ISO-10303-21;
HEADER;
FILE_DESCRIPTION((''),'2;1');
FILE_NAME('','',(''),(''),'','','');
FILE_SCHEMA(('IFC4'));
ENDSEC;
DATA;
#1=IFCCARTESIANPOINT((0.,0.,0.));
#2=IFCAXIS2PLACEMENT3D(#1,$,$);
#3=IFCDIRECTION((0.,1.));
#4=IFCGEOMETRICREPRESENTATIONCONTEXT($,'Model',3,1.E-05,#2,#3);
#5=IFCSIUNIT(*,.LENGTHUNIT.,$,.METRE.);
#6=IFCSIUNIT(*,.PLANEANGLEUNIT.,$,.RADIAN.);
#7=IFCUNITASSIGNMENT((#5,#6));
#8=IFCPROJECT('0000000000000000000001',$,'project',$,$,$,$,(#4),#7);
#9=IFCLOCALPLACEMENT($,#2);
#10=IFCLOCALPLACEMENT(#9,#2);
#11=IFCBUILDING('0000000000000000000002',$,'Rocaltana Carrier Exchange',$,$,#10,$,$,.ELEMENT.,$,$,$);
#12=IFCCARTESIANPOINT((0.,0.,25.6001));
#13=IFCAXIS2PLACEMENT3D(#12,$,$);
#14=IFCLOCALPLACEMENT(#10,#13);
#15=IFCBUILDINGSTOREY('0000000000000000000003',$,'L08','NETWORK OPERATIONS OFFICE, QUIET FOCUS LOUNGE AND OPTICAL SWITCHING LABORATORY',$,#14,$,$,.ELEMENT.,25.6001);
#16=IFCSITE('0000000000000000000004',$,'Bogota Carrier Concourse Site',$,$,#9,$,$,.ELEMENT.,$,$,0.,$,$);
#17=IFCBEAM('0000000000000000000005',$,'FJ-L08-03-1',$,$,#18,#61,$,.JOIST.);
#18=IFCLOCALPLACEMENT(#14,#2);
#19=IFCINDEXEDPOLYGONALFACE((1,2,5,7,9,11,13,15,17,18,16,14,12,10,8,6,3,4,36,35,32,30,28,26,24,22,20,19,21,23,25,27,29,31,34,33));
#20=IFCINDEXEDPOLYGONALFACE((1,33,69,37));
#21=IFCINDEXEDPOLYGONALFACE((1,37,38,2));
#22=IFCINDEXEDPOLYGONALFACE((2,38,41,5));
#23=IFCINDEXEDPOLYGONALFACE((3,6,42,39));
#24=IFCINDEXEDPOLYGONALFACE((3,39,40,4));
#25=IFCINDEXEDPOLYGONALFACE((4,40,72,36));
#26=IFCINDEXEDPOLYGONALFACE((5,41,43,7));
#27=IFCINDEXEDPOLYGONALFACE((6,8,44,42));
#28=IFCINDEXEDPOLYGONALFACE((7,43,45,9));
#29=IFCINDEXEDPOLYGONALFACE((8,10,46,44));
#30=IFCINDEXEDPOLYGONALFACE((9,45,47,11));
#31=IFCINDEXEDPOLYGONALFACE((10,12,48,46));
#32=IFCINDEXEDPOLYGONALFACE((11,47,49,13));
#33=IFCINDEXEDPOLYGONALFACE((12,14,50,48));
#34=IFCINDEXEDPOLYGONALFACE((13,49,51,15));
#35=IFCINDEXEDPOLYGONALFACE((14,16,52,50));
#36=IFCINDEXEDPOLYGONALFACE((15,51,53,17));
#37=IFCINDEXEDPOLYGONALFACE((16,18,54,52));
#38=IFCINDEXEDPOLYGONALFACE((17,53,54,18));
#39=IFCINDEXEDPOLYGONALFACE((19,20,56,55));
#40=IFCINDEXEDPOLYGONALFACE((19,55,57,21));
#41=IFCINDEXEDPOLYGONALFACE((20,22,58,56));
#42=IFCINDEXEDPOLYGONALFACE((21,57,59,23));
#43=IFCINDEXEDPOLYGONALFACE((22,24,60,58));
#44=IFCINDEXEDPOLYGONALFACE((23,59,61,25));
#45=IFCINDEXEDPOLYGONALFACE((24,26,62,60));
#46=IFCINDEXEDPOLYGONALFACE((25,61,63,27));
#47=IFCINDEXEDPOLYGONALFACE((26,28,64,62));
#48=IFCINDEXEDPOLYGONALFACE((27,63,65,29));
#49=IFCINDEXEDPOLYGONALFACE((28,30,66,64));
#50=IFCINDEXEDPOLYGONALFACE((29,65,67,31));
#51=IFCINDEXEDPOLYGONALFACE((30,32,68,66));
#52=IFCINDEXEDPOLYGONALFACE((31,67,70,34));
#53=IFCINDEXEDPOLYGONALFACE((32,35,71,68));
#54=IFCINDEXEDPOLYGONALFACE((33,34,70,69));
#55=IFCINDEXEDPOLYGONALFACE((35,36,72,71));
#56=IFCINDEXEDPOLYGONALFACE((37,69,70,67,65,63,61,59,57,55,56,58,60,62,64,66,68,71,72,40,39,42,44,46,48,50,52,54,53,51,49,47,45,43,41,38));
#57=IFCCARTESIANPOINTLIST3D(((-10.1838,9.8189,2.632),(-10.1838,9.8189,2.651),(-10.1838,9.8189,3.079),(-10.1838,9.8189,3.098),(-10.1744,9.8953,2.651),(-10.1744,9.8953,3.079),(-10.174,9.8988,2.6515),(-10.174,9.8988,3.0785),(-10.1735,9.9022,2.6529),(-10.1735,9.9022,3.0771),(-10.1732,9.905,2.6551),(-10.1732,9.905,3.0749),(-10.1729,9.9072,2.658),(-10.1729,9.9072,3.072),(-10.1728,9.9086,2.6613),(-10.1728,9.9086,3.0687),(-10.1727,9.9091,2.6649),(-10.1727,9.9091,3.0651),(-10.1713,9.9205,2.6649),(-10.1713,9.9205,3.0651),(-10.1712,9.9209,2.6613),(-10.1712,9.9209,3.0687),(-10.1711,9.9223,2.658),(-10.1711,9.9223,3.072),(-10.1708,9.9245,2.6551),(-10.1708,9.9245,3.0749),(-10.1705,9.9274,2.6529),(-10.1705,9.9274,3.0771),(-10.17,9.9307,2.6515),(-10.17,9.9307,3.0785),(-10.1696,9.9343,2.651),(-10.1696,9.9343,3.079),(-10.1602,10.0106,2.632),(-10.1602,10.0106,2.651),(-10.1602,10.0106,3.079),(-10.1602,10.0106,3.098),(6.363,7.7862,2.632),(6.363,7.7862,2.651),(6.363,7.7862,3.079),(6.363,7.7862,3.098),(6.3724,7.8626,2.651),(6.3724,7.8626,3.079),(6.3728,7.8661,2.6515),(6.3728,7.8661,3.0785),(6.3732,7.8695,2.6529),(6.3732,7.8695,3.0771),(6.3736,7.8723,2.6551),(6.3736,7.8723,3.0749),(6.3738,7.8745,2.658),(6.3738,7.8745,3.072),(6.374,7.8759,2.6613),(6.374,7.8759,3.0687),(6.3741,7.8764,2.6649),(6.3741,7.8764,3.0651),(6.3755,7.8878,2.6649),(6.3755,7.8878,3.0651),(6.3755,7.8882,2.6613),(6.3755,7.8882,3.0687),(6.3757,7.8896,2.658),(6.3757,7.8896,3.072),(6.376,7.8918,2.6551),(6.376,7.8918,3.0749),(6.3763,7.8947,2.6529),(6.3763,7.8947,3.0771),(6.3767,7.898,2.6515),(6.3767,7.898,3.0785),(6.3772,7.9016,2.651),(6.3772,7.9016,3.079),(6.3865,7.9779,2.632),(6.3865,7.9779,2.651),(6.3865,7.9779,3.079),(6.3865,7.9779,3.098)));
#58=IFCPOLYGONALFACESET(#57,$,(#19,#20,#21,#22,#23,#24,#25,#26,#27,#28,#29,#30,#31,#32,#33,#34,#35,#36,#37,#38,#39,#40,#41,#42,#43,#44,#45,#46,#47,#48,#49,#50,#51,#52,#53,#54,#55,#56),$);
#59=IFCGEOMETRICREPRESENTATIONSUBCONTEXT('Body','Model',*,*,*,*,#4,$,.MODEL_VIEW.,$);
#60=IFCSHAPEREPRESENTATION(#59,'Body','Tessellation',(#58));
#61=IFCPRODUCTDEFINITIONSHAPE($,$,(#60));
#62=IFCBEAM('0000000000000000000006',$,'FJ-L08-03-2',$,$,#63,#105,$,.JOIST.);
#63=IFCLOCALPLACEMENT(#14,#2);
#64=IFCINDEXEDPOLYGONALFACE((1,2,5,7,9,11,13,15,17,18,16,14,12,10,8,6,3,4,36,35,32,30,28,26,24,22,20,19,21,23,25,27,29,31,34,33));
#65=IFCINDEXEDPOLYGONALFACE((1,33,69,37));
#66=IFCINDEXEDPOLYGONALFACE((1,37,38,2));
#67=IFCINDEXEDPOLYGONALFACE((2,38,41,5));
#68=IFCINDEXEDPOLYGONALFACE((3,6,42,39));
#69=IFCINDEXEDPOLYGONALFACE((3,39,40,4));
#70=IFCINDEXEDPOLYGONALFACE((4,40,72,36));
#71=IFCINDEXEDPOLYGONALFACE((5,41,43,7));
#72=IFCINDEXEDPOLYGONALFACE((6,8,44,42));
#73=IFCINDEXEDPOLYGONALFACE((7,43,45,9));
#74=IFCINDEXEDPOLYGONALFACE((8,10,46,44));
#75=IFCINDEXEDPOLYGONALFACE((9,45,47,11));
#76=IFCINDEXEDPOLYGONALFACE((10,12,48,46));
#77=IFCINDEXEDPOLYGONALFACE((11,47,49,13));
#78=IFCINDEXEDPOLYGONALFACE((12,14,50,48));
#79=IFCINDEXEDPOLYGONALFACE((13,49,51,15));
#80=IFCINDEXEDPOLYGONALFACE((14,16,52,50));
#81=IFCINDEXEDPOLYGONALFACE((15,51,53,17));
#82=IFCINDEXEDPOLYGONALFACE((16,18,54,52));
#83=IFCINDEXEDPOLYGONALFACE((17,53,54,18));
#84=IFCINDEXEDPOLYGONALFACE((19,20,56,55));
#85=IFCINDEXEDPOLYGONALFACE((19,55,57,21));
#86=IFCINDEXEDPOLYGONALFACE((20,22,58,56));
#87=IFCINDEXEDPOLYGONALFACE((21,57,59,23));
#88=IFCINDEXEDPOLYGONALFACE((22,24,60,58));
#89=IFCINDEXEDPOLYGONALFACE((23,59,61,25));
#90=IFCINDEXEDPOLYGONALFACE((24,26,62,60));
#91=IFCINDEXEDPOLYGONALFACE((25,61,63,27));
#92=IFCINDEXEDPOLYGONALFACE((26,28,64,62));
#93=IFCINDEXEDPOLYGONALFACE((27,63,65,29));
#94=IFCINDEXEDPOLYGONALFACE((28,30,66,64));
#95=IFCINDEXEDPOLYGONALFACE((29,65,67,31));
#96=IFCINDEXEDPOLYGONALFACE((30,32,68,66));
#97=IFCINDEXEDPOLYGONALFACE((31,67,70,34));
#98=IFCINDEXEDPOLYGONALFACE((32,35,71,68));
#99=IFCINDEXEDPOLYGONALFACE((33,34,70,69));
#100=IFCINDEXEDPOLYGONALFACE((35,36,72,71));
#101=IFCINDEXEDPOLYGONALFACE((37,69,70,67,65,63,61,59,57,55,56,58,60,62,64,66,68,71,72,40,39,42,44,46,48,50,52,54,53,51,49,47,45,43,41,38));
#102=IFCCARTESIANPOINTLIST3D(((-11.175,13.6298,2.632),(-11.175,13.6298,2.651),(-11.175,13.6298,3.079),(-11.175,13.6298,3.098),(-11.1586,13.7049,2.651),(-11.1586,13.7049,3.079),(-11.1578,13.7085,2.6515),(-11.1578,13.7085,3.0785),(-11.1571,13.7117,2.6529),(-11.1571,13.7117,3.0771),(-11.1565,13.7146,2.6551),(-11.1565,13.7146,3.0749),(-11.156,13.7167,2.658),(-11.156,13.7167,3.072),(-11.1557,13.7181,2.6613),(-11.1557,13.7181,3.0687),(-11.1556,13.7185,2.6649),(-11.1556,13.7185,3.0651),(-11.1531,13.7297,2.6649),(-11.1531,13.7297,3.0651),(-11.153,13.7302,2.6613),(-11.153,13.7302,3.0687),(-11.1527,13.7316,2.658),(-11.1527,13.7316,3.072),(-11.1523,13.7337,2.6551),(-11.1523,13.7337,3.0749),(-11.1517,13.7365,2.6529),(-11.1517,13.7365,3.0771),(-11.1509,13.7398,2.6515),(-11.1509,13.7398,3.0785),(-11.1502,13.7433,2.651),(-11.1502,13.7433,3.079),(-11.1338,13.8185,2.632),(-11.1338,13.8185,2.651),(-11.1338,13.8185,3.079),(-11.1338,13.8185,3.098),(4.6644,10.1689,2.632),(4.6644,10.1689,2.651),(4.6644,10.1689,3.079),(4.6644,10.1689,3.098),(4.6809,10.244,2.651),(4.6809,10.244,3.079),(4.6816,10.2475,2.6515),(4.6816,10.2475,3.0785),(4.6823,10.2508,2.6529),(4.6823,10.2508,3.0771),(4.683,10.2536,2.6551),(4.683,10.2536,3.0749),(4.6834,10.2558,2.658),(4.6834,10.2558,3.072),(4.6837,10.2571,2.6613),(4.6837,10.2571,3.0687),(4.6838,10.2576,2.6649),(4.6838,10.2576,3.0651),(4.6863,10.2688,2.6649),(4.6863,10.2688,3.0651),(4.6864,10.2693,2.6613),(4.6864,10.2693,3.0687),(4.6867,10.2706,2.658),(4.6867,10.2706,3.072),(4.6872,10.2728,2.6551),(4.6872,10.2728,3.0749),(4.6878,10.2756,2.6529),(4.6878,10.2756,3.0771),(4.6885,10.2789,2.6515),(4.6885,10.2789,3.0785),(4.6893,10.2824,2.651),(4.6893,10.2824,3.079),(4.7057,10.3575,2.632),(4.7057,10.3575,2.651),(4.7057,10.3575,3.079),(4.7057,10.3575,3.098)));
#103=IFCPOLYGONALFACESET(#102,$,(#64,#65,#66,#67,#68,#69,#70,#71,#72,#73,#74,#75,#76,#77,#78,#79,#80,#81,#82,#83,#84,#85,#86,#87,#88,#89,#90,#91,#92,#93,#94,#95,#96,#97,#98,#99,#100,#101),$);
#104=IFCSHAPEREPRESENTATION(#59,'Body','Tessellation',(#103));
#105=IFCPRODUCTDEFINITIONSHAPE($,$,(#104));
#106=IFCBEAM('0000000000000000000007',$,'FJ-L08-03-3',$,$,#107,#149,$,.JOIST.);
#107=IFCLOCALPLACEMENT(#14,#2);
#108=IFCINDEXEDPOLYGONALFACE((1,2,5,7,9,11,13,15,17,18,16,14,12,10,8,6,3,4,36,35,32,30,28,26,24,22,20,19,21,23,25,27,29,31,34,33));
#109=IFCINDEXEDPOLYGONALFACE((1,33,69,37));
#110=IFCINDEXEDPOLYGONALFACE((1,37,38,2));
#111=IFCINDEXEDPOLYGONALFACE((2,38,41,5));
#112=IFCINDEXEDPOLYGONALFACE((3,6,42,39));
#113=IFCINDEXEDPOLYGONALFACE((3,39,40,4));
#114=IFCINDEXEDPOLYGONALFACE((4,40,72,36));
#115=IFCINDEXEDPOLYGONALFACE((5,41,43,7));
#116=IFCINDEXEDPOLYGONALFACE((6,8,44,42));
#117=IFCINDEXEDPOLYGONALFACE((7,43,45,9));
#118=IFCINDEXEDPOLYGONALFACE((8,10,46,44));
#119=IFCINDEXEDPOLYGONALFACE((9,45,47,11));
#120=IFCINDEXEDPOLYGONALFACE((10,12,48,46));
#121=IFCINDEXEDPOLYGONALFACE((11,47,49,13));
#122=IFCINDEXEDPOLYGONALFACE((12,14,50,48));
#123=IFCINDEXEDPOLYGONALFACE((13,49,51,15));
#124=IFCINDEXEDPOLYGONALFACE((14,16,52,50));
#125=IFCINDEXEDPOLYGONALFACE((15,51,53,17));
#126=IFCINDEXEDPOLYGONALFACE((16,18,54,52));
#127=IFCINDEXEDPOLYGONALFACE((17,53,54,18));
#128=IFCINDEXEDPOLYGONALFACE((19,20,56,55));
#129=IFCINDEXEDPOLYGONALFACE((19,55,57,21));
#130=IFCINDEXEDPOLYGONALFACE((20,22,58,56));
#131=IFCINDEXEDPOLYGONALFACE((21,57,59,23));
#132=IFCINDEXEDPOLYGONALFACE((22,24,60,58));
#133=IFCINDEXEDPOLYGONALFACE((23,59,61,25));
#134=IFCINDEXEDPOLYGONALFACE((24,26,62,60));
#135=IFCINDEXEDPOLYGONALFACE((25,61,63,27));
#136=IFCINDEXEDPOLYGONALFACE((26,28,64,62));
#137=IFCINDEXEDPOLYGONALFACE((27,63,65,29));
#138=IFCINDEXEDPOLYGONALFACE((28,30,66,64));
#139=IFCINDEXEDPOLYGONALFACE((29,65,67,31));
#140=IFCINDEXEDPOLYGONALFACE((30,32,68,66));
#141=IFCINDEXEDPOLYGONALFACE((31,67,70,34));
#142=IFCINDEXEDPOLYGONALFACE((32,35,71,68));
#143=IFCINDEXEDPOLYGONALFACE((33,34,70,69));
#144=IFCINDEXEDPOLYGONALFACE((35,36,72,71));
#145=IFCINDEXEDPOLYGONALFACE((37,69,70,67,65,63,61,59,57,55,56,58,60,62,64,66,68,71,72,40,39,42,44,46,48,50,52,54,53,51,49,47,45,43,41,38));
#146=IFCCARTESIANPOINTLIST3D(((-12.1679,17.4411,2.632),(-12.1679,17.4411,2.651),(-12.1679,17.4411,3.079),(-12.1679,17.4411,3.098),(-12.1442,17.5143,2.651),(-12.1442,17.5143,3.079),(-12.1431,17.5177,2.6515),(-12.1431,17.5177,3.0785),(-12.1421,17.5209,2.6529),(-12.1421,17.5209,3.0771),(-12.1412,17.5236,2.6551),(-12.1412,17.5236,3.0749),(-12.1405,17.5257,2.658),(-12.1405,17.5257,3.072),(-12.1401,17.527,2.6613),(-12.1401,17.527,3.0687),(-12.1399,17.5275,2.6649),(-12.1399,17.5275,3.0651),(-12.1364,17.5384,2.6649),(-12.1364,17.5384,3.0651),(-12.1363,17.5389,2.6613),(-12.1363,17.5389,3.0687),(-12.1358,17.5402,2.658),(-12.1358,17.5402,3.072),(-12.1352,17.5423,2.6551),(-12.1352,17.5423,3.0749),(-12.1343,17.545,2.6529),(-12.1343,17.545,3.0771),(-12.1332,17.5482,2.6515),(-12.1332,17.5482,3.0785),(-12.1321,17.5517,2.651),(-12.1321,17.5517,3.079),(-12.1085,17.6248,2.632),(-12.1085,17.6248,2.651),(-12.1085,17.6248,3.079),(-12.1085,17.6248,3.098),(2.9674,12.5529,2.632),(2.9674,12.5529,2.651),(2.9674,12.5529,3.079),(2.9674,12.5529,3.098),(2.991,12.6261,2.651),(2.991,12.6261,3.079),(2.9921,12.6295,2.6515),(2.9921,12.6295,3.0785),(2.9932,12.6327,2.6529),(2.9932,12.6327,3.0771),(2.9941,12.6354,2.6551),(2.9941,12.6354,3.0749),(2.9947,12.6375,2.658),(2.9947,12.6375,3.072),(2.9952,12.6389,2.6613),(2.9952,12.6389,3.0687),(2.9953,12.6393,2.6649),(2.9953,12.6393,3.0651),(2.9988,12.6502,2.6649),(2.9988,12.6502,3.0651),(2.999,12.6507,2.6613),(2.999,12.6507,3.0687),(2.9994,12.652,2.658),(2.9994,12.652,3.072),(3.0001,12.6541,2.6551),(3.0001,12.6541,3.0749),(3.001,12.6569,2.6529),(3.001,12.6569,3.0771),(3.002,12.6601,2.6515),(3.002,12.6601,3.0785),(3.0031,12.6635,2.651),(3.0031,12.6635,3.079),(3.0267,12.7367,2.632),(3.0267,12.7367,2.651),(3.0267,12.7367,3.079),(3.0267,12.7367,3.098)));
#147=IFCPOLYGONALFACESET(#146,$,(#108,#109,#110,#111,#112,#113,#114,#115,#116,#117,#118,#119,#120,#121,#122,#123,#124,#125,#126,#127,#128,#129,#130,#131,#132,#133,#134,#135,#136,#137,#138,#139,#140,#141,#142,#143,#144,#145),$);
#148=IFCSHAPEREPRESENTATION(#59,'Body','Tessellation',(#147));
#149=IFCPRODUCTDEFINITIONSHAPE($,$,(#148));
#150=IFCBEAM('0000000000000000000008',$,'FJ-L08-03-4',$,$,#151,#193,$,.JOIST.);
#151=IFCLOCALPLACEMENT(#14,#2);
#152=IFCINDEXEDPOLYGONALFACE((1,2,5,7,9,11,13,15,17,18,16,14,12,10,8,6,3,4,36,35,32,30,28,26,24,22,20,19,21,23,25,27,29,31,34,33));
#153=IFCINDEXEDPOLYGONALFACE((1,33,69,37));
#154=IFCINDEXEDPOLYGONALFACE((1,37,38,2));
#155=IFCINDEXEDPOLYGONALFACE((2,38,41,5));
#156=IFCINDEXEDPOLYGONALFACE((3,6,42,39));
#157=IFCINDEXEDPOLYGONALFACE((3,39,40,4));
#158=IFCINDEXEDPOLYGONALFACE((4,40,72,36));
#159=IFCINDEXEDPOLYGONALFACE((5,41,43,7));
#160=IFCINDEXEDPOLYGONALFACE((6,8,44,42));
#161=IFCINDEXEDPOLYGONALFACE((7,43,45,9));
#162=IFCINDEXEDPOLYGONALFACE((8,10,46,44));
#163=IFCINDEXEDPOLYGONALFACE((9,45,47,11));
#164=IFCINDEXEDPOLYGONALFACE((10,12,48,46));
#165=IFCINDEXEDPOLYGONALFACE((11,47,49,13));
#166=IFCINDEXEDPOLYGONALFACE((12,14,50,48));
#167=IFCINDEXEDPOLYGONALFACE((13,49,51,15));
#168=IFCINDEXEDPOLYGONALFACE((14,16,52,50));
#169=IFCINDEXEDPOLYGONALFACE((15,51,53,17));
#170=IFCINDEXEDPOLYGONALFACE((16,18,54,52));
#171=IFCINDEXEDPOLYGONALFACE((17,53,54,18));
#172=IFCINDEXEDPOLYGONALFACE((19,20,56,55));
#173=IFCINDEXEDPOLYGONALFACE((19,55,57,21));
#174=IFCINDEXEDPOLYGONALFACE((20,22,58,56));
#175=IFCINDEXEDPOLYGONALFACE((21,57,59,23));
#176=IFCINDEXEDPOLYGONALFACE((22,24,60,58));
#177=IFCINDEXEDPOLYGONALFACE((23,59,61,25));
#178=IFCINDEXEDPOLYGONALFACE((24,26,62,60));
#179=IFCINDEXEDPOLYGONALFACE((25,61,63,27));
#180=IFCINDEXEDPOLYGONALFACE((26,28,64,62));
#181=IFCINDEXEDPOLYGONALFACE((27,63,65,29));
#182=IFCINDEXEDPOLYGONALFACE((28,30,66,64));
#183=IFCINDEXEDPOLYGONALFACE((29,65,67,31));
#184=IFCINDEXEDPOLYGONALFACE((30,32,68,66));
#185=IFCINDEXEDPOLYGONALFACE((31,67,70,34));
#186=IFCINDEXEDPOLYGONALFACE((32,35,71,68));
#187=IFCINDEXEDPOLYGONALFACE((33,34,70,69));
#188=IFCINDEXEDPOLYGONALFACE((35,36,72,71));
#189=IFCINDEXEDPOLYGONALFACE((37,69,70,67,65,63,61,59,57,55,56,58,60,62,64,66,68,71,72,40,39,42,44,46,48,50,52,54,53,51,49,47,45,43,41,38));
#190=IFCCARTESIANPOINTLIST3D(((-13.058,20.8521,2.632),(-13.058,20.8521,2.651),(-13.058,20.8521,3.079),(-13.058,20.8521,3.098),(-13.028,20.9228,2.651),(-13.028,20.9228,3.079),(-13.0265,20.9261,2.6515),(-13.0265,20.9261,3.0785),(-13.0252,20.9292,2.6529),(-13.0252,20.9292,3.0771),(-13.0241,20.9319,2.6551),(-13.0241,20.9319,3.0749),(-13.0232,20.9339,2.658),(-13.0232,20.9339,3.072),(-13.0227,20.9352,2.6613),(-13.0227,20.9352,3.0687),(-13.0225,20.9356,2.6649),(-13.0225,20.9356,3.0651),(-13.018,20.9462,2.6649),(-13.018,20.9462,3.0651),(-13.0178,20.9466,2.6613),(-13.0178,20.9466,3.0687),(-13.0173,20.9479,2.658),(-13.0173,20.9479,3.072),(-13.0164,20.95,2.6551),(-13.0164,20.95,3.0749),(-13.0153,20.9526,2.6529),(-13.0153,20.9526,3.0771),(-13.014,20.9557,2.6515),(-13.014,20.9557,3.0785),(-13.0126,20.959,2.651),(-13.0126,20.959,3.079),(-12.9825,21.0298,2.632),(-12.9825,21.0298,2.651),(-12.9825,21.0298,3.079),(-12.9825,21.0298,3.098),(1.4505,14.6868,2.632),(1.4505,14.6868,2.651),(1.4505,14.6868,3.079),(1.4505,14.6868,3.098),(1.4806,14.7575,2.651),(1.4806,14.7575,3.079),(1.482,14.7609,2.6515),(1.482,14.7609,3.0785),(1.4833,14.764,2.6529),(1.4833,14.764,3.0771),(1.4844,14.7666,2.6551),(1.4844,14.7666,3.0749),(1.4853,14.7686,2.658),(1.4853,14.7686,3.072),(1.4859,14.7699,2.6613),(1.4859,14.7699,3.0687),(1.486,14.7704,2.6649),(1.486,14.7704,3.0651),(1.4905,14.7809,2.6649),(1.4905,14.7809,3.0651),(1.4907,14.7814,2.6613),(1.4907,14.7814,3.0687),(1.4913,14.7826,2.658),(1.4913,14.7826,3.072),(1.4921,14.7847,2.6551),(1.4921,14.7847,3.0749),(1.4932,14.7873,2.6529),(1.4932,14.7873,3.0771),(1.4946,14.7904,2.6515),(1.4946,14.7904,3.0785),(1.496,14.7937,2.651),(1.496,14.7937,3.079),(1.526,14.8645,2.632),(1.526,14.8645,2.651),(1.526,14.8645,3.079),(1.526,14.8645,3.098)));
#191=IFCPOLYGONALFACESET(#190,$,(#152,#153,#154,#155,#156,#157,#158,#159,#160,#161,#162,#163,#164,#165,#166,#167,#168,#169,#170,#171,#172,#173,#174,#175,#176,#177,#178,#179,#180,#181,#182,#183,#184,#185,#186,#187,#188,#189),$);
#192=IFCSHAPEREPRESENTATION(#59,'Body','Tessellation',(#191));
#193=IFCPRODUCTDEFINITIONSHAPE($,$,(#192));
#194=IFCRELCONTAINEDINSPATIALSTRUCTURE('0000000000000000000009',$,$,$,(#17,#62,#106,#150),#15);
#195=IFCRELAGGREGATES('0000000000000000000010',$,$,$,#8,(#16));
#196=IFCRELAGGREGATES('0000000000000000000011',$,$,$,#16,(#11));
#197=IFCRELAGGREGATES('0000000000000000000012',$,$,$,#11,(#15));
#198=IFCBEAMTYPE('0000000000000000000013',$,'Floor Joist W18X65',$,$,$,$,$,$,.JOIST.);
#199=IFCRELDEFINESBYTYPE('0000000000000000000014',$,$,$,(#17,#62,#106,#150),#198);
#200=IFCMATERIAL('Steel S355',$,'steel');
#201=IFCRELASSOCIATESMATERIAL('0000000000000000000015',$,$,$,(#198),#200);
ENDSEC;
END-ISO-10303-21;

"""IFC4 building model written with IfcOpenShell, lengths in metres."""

from ifc_helpers import new_model, si_unit, direction, frame, origin, origin_2d, place, context, subcontext, project, spatial, i_section, extrude, material, material_profile, profile_set, type_object, element, save


model = new_model("IFC4")

# Units and contexts
model_context = context("Model", 3, precision=1e-05, world=origin(), true_north=direction((0.0, 1.0)))
body_context = subcontext(model_context, "Body", "Model", "MODEL_VIEW")
ifc_project = project(units=[si_unit("LENGTHUNIT", "METRE"), si_unit("PLANEANGLEUNIT", "RADIAN")], contexts=[model_context])

# Site, building, storey
site_placement = place(None, origin())
site = spatial("IfcSite", under=ifc_project, at=site_placement, Name="Bogota Carrier Concourse Site", CompositionType="ELEMENT", RefElevation=0.0)
building_placement = place(site_placement, origin())
building = spatial("IfcBuilding", under=site, at=building_placement, Name="Rocaltana Carrier Exchange", CompositionType="ELEMENT")
storey_placement = place(building_placement, frame((0.0, 0.0, 25.6001)))
storey = spatial("IfcBuildingStorey", under=building, at=storey_placement, Name="L08", Description="NETWORK OPERATIONS OFFICE, QUIET FOCUS LOUNGE AND OPTICAL SWITCHING LABORATORY", CompositionType="ELEMENT", Elevation=25.6001)

# Beams
ifc_material_1 = material(Name="Steel S355", Category="steel")
ifc_material_profile_1 = material_profile(ifc_material_1, i_section(OverallWidth=0.1931, OverallDepth=0.4661, WebThickness=0.0115, FlangeThickness=0.019, FilletRadius=0.0139, at=origin_2d()), Name="W18X65")
ifc_profile_set_1 = profile_set([ifc_material_profile_1], Name="Steel S355")
beam_type_1 = type_object("IfcBeamType", Name="Floor Joist W18X65", PredefinedType="JOIST", material=ifc_profile_set_1)
beam_1_placement = place(storey_placement, frame((6.3748, 7.8821, 2.865), z_axis=(-0.992539, 0.121929, 0.0), x_axis=(-0.121929, -0.992539, 0.0)))
element("IfcBeam", 1, at=beam_1_placement, inside=storey, type_object=beam_type_1, Name="FJ-L08-03-1", PredefinedType="JOIST", context=body_context, shape_type="SweptSolid", body=[
    extrude(i_section(OverallWidth=0.1931, OverallDepth=0.4661, WebThickness=0.0115, FlangeThickness=0.019, FilletRadius=0.0139, at=origin_2d()), origin(), (0.0, 0.0, 1.0), 16.6711),
])
beam_2_placement = place(storey_placement, frame((4.6851, 10.2632, 2.865), z_axis=(-0.97695, 0.213466, 0.0), x_axis=(-0.213466, -0.97695, 0.0)))
element("IfcBeam", 2, at=beam_2_placement, inside=storey, type_object=beam_type_1, Name="FJ-L08-03-2", PredefinedType="JOIST", context=body_context, shape_type="SweptSolid", body=[
    extrude(i_section(OverallWidth=0.1931, OverallDepth=0.4661, WebThickness=0.0115, FlangeThickness=0.019, FilletRadius=0.0139, at=origin_2d()), origin(), (0.0, 0.0, 1.0), 16.2131),
])
beam_3_placement = place(storey_placement, frame((2.9971, 12.6448, 2.865), z_axis=(-0.951601, 0.307336, 0.0), x_axis=(-0.307336, -0.951601, 0.0)))
element("IfcBeam", 3, at=beam_3_placement, inside=storey, type_object=beam_type_1, Name="FJ-L08-03-3", PredefinedType="JOIST", context=body_context, shape_type="SweptSolid", body=[
    extrude(i_section(OverallWidth=0.1931, OverallDepth=0.4661, WebThickness=0.0115, FlangeThickness=0.019, FilletRadius=0.0139, at=origin_2d()), origin(), (0.0, 0.0, 1.0), 15.905),
])
beam_4_placement = place(storey_placement, frame((1.4883, 14.7756, 2.865), z_axis=(-0.92035, 0.391095, 0.0), x_axis=(-0.391095, -0.92035, 0.0)))
element("IfcBeam", 4, at=beam_4_placement, inside=storey, type_object=beam_type_1, Name="FJ-L08-03-4", PredefinedType="JOIST", context=body_context, shape_type="SweptSolid", body=[
    extrude(i_section(OverallWidth=0.1931, OverallDepth=0.4661, WebThickness=0.0115, FlangeThickness=0.019, FilletRadius=0.0139, at=origin_2d()), origin(), (0.0, 0.0, 1.0), 15.7642),
])

save(model, "model.ifc")
